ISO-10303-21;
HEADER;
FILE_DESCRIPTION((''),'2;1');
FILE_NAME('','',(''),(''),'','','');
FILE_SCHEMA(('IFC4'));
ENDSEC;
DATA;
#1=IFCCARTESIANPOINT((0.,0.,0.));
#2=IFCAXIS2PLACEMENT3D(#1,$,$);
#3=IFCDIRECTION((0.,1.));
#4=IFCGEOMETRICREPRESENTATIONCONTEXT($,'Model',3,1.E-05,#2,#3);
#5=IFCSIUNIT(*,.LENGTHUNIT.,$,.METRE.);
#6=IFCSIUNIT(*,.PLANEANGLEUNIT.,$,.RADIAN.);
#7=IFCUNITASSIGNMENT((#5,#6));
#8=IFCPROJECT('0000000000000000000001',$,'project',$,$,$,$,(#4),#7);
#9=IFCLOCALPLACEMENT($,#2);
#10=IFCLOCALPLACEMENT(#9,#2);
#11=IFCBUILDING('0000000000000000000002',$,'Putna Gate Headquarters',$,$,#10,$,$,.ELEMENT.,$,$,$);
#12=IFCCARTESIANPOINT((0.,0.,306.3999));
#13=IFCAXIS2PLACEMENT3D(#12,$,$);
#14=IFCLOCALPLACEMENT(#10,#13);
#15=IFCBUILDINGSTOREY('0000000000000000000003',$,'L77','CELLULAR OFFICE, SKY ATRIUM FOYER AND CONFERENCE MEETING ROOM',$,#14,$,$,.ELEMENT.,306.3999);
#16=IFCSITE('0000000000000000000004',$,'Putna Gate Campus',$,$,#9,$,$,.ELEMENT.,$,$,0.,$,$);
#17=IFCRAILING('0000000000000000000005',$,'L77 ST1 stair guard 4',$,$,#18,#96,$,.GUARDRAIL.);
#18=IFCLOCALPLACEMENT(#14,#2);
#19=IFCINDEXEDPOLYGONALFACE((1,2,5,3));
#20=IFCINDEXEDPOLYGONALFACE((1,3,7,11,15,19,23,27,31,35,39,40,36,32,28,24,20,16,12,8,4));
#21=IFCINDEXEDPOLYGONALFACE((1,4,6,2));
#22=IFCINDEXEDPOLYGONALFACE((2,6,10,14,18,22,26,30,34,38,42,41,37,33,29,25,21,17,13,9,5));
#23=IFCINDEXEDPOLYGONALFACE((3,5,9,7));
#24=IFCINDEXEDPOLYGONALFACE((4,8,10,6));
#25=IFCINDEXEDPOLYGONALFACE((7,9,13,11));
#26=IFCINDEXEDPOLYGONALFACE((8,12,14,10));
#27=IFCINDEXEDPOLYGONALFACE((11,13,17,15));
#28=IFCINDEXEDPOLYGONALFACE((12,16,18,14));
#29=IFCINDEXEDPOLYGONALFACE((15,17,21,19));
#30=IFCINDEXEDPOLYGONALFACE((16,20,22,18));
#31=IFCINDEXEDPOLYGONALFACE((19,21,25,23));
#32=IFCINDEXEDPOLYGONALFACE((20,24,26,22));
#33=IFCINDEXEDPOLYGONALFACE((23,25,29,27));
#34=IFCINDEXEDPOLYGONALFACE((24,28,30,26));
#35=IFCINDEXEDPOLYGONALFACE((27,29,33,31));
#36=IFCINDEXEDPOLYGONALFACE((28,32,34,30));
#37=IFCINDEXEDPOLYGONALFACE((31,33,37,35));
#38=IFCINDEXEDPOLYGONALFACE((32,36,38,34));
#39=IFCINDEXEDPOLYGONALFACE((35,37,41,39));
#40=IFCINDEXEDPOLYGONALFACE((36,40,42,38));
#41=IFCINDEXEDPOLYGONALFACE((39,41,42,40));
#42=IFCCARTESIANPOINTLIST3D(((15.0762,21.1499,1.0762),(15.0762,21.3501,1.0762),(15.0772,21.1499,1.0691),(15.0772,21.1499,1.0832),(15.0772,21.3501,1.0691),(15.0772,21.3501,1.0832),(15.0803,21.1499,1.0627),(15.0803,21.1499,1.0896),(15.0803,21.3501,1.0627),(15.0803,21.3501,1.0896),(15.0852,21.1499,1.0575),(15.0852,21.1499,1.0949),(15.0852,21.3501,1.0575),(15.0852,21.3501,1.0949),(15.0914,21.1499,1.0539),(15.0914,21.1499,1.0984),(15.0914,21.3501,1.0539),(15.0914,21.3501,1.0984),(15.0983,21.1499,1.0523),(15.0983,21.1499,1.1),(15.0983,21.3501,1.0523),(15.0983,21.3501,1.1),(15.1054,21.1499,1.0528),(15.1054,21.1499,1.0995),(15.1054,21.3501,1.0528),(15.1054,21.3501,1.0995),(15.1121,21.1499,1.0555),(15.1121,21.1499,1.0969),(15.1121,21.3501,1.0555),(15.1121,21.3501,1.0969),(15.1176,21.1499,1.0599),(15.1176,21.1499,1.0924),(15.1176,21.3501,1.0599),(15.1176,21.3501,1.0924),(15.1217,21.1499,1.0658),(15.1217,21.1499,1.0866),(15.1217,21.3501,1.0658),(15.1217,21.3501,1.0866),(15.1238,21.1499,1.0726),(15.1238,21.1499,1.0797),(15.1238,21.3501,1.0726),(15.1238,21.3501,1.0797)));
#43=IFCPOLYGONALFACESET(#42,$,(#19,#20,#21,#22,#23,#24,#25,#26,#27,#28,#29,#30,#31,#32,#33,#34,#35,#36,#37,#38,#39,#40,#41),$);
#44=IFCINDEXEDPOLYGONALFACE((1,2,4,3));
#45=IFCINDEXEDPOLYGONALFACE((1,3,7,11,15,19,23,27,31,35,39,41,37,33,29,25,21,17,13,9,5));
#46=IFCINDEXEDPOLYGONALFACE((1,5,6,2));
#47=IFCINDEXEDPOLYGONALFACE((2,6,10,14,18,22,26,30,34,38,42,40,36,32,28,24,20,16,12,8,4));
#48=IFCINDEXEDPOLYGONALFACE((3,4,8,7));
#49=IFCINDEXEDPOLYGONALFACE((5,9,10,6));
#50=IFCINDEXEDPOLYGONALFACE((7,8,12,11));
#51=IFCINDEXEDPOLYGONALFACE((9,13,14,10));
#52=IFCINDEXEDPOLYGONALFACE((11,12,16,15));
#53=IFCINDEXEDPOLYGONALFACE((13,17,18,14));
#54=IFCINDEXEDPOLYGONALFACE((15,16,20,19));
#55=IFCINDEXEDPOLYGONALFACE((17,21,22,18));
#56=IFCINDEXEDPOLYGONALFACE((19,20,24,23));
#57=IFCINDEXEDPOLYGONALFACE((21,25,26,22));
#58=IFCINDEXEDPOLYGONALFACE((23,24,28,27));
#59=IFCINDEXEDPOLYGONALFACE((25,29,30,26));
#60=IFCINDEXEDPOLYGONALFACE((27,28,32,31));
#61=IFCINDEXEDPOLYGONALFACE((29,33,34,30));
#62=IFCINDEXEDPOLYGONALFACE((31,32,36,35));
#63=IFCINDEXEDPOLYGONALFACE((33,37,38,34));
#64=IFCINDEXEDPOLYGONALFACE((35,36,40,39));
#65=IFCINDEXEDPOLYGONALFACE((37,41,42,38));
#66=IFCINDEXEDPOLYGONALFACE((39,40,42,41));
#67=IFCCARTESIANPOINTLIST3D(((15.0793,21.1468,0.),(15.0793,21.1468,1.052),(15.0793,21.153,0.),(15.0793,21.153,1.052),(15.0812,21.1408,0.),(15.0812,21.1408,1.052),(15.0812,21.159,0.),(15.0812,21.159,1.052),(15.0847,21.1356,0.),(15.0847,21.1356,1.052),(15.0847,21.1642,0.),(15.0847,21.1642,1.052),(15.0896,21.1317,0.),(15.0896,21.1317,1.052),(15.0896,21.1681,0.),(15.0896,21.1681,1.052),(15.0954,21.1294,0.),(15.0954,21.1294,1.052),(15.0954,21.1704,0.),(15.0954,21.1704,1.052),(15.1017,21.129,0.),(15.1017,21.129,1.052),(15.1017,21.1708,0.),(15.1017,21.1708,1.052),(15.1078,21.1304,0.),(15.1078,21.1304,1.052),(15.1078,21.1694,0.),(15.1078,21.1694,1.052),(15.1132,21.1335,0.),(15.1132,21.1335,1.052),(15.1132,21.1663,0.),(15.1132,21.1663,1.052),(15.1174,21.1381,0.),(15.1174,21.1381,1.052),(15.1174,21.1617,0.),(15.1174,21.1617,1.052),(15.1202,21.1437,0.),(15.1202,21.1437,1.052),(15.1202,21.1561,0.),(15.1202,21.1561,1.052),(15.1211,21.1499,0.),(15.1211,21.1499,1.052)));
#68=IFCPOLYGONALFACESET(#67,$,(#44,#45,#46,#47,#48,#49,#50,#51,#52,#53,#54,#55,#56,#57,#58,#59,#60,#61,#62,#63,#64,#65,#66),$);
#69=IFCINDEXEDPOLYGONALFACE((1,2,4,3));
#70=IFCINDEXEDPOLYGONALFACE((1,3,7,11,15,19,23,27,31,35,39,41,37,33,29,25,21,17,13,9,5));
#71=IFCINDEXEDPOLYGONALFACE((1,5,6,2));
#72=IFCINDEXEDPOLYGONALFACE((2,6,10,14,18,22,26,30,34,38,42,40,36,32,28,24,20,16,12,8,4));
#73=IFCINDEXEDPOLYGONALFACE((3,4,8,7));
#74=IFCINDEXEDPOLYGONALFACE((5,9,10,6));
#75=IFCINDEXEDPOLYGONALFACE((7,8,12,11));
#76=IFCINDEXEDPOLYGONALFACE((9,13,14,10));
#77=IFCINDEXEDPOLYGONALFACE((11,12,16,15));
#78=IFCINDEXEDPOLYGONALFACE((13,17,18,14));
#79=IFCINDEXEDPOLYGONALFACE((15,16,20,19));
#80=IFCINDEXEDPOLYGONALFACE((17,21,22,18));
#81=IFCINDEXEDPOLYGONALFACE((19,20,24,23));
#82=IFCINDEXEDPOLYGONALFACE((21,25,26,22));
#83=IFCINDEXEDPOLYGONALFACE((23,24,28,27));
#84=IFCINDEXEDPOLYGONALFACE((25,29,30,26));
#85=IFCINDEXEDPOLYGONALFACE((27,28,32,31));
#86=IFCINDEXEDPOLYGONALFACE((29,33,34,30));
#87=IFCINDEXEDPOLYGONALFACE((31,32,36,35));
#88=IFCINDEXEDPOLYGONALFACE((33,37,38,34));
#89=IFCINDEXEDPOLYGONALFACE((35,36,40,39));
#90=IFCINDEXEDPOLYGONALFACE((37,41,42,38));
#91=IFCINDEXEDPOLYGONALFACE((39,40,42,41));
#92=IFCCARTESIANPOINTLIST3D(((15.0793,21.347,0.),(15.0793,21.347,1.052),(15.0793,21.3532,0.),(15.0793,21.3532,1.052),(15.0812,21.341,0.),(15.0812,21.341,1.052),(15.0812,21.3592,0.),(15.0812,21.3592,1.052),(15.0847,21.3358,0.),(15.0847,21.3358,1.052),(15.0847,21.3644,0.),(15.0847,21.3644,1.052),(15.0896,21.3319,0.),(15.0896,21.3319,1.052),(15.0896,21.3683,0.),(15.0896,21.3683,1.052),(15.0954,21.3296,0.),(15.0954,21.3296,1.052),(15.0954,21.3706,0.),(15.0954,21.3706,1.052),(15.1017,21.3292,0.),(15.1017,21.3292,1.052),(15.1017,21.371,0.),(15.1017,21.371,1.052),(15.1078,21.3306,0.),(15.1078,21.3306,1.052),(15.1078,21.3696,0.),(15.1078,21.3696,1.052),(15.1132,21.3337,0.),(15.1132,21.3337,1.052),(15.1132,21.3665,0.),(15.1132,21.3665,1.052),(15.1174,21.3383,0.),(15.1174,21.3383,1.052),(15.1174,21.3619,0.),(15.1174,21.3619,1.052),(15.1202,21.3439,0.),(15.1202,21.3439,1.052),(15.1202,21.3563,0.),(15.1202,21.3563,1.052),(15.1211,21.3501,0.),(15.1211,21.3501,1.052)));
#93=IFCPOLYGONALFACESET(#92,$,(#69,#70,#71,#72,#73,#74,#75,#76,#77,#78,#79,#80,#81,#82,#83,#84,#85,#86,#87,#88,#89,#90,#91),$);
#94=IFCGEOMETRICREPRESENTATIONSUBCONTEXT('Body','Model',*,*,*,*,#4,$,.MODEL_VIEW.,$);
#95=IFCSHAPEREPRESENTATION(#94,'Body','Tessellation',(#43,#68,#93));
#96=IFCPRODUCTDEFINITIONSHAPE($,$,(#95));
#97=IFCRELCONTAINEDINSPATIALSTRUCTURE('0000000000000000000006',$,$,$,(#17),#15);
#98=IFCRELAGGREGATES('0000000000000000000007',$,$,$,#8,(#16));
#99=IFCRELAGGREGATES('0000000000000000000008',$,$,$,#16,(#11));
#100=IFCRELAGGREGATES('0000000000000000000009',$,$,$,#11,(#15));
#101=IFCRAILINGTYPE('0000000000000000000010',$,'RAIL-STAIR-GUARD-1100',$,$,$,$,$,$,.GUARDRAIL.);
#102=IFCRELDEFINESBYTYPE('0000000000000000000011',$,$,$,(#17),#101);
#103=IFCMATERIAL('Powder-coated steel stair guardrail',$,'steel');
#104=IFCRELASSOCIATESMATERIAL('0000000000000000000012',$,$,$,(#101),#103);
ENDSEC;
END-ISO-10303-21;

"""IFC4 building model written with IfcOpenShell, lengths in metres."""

from ifc_helpers import new_model, si_unit, direction, frame, origin, origin_2d, place, context, subcontext, project, spatial, circle, extrude, material, type_object, element, save


model = new_model("IFC4")

# Units and contexts
model_context = context("Model", 3, precision=1e-05, world=origin(), true_north=direction((0.0, 1.0)))
body_context = subcontext(model_context, "Body", "Model", "MODEL_VIEW")
ifc_project = project(units=[si_unit("LENGTHUNIT", "METRE"), si_unit("PLANEANGLEUNIT", "RADIAN")], contexts=[model_context])

# Site, building, storey
site_placement = place(None, origin())
site = spatial("IfcSite", under=ifc_project, at=site_placement, Name="Putna Gate Campus", CompositionType="ELEMENT", RefElevation=0.0)
building_placement = place(site_placement, origin())
building = spatial("IfcBuilding", under=site, at=building_placement, Name="Putna Gate Headquarters", CompositionType="ELEMENT")
storey_placement = place(building_placement, frame((0.0, 0.0, 306.3999)))
storey = spatial("IfcBuildingStorey", under=building, at=storey_placement, Name="L77", Description="CELLULAR OFFICE, SKY ATRIUM FOYER AND CONFERENCE MEETING ROOM", CompositionType="ELEMENT", Elevation=306.3999)

# Railing
ifc_material_1 = material(Name="Powder-coated steel stair guardrail", Category="steel")
railing_type_1 = type_object("IfcRailingType", Name="RAIL-STAIR-GUARD-1100", PredefinedType="GUARDRAIL", material=ifc_material_1)
railing_1_placement = place(storey_placement, frame((15.1001, 21.1499, 0.0)))
element("IfcRailing", 1, at=railing_1_placement, inside=storey, type_object=railing_type_1, Name="L77 ST1 stair guard 4", PredefinedType="GUARDRAIL", context=body_context, shape_type="SweptSolid", body=[
    extrude(circle(Radius=0.0239, at=origin_2d()), frame((0.0, 0.0, 1.0762), z_axis=(0.0, 1.0, 0.0), x_axis=(-1.0, 0.0, 0.0)), (0.0, 0.0, 1.0), 0.2002),
    extrude(circle(Radius=0.021, at=origin_2d()), origin(), (0.0, 0.0, 1.0), 1.052),
    extrude(circle(Radius=0.021, at=origin_2d()), frame((0.0, 0.2002, 0.0)), (0.0, 0.0, 1.0), 1.052),
])

save(model, "model.ifc")
